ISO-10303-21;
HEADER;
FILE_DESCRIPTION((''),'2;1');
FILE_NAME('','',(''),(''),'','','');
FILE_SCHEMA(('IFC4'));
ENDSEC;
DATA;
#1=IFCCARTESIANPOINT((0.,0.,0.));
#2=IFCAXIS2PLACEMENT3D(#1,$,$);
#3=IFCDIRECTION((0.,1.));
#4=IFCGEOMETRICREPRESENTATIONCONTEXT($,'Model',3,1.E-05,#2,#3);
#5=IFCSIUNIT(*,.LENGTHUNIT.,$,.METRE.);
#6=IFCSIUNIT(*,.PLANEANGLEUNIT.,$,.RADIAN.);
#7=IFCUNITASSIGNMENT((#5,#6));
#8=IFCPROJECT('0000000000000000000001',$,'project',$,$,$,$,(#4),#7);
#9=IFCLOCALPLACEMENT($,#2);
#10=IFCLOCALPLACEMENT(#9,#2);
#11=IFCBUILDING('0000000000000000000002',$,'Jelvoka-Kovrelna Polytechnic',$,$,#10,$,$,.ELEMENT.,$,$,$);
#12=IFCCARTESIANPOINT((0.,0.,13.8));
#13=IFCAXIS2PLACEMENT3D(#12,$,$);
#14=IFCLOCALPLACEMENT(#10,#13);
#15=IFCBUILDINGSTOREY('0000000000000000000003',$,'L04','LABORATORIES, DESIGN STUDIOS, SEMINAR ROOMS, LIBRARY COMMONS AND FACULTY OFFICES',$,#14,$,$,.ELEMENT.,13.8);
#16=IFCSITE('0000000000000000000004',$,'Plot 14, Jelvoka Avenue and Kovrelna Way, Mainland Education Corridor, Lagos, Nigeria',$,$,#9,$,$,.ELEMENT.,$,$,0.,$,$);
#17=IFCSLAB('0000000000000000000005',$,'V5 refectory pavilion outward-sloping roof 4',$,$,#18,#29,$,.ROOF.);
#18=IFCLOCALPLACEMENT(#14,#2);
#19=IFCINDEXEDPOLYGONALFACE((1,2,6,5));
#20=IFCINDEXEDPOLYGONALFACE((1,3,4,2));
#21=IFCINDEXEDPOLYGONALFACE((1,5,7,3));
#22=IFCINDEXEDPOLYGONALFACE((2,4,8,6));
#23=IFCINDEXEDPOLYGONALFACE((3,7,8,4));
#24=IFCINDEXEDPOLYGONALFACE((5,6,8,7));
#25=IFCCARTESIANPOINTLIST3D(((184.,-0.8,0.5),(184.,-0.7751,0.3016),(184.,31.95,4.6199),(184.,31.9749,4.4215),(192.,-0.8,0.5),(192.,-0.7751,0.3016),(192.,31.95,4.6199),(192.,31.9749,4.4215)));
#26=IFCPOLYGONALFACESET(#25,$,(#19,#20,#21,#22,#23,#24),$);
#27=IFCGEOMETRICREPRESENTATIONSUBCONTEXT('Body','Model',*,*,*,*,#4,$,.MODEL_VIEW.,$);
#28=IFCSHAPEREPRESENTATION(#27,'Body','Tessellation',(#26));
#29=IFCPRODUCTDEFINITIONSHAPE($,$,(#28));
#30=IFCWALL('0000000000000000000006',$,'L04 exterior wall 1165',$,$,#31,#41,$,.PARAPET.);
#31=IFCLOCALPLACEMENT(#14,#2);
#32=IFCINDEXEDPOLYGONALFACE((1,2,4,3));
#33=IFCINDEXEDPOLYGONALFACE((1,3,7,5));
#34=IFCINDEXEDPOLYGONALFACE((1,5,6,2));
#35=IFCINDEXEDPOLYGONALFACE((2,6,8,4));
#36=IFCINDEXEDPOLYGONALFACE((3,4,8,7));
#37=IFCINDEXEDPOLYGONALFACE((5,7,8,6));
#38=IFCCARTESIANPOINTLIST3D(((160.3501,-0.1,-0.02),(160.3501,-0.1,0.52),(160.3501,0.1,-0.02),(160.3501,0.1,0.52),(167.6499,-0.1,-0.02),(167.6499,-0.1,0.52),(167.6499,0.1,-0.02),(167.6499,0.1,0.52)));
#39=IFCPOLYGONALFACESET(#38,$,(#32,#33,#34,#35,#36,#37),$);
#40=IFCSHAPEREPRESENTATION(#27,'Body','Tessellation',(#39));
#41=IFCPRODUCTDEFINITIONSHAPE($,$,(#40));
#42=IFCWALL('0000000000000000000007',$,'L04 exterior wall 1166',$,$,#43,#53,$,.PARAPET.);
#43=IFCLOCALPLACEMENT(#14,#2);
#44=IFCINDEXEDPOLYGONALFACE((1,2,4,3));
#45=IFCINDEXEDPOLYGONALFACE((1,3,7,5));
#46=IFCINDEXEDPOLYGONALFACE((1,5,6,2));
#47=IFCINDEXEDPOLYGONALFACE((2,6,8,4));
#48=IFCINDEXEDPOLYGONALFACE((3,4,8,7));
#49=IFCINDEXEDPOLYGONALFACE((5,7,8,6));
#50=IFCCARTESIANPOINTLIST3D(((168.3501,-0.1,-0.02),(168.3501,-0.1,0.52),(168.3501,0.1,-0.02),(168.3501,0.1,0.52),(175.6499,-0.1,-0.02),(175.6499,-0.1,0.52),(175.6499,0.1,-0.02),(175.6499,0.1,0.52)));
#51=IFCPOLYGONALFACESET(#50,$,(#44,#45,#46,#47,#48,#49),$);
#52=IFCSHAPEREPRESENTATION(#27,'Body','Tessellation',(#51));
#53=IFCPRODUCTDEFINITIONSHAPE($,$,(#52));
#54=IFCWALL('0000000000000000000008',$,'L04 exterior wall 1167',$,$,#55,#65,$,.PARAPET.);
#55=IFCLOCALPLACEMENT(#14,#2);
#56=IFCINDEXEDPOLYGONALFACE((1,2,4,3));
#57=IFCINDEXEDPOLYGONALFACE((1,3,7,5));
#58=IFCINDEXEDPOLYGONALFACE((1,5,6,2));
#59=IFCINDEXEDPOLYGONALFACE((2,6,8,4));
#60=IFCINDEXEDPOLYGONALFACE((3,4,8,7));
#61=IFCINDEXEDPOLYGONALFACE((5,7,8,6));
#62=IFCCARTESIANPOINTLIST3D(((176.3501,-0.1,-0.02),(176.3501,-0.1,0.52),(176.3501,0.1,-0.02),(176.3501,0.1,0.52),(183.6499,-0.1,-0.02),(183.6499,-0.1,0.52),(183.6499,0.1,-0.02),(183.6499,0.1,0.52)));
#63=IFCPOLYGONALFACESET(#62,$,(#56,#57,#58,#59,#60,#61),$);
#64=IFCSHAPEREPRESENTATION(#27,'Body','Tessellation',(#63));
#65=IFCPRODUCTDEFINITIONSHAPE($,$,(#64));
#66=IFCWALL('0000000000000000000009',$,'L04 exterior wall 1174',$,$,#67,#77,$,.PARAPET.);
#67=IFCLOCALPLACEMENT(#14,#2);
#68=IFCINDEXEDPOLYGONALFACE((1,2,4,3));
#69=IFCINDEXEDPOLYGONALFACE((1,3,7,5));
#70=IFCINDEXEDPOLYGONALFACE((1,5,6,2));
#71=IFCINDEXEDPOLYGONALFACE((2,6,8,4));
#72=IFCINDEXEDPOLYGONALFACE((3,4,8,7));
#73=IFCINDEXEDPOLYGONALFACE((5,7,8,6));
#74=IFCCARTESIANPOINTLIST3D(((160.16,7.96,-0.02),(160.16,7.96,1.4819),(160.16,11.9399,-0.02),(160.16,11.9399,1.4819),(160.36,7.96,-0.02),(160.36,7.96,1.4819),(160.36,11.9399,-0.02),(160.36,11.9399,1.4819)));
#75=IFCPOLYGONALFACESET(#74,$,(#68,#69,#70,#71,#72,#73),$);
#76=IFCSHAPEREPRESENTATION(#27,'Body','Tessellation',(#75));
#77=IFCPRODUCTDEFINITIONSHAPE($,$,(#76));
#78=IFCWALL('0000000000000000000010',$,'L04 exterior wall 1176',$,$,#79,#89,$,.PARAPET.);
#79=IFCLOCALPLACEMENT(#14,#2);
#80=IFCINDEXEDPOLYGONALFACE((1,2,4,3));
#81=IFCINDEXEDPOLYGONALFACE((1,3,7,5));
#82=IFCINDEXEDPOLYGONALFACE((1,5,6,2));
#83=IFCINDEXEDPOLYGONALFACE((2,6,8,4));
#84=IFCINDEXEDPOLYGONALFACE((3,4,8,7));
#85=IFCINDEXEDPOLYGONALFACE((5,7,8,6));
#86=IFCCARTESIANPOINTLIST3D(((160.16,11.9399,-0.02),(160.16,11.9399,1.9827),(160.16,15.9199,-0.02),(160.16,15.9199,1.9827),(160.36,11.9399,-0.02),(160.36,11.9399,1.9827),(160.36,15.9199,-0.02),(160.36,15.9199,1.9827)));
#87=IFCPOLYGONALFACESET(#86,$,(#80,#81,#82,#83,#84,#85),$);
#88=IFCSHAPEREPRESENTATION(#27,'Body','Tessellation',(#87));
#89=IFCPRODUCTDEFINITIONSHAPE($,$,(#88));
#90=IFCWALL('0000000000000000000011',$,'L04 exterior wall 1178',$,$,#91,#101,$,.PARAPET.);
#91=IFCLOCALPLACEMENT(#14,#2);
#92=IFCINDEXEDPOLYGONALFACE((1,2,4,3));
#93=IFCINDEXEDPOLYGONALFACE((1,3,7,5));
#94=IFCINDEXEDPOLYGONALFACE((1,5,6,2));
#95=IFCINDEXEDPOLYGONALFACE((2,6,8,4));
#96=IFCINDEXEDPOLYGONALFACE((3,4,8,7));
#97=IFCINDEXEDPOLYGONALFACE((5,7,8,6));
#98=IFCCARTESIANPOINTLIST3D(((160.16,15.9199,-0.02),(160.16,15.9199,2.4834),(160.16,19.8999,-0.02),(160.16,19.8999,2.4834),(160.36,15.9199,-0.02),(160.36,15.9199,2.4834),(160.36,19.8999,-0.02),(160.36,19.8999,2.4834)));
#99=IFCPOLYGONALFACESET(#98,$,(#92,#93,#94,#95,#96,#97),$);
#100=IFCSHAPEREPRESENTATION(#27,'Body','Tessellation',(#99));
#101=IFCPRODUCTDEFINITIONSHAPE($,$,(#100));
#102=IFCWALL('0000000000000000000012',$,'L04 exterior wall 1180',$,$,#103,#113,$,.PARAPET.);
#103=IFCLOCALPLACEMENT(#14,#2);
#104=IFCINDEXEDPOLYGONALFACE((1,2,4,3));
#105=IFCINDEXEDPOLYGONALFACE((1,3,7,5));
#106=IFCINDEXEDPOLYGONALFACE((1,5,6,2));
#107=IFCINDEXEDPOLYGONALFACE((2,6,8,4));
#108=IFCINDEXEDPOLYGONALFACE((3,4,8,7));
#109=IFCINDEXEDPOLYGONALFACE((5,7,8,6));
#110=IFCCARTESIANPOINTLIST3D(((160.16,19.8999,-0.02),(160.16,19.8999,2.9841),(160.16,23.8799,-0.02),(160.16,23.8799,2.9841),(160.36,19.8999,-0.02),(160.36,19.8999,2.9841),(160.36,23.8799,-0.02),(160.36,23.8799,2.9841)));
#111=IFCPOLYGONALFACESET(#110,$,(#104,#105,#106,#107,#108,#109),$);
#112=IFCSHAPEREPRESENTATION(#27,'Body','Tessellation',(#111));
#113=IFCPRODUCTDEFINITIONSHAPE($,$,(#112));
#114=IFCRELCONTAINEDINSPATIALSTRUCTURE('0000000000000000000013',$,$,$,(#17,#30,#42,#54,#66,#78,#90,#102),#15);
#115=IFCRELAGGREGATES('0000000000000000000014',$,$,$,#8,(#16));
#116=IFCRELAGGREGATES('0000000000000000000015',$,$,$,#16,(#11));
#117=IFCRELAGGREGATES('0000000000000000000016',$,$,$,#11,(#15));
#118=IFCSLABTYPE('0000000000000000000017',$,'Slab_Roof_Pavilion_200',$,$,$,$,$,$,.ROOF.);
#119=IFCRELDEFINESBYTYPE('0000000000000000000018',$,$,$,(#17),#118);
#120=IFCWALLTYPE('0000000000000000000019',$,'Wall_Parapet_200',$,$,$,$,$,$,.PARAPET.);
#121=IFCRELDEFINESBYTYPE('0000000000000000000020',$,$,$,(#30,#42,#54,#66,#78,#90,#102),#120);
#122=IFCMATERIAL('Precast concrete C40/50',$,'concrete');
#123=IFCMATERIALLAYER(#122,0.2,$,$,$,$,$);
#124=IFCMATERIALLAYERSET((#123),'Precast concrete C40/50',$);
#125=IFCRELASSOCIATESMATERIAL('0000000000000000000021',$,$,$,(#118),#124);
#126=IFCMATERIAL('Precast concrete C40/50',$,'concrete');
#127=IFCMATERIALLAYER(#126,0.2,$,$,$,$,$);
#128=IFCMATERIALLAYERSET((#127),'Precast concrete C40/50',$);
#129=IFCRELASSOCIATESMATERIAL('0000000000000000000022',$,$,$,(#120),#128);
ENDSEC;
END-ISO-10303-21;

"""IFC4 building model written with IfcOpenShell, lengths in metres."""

from ifc_helpers import new_model, si_unit, direction, frame, frame_2d, origin, place, context, subcontext, project, spatial, polyline, rectangle, outline, extrude, material, layer, layer_set, type_object, element, save


model = new_model("IFC4")

# Units and contexts
model_context = context("Model", 3, precision=1e-05, world=origin(), true_north=direction((0.0, 1.0)))
body_context = subcontext(model_context, "Body", "Model", "MODEL_VIEW")
ifc_project = project(units=[si_unit("LENGTHUNIT", "METRE"), si_unit("PLANEANGLEUNIT", "RADIAN")], contexts=[model_context])

# Site, building, storey
site_placement = place(None, origin())
site = spatial("IfcSite", under=ifc_project, at=site_placement, Name="Plot 14, Jelvoka Avenue and Kovrelna Way, Mainland Education Corridor, Lagos, Nigeria", CompositionType="ELEMENT", RefElevation=0.0)
building_placement = place(site_placement, origin())
building = spatial("IfcBuilding", under=site, at=building_placement, Name="Jelvoka-Kovrelna Polytechnic", CompositionType="ELEMENT")
storey_placement = place(building_placement, frame((0.0, 0.0, 13.8)))
storey = spatial("IfcBuildingStorey", under=building, at=storey_placement, Name="L04", Description="LABORATORIES, DESIGN STUDIOS, SEMINAR ROOMS, LIBRARY COMMONS AND FACULTY OFFICES", CompositionType="ELEMENT", Elevation=13.8)

# Slab
ifc_material_1 = material(Name="Precast concrete C40/50", Category="concrete")
ifc_layer_1 = layer(ifc_material_1, 0.2)
ifc_layer_set_1 = layer_set([ifc_layer_1], Name="Precast concrete C40/50")
slab_type = type_object("IfcSlabType", Name="Slab_Roof_Pavilion_200", PredefinedType="ROOF", material=ifc_layer_set_1)
for number, where, z_axis, x_axis, name in (
    (1, (184.0, -0.8, 0.5), (0.0, -0.124814, 0.99218), (1.0, 0.0, 0.0), "V5 refectory pavilion outward-sloping roof 4"),
):
    element("IfcSlab", number, at=place(storey_placement, frame(where, z_axis=z_axis, x_axis=x_axis)), inside=storey, type_object=slab_type, Name=name, PredefinedType="ROOF", context=body_context, shape_type="SweptSolid", body=[
        extrude(outline(polyline([(0.0, 0.0), (8.0, 0.0), (8.0, 33.0081), (0.0, 33.0081), (0.0, 0.0)])), origin(), (0.0, 0.0, -1.0), 0.2),
    ])

# Walls
ifc_material_2 = material(Name="Precast concrete C40/50", Category="concrete")
ifc_layer_2 = layer(ifc_material_2, 0.2)
ifc_layer_set_2 = layer_set([ifc_layer_2], Name="Precast concrete C40/50")
wall_type = type_object("IfcWallType", Name="Wall_Parapet_200", PredefinedType="PARAPET", material=ifc_layer_set_2)
for number, where, z_axis, x_axis, name in (
    (2, (167.6499, 0.0, -0.02), (0.0, 0.0, 1.0), (-1.0, 0.0, 0.0), "L04 exterior wall 1165"),
    (3, (175.6499, 0.0, -0.02), (0.0, 0.0, 1.0), (-1.0, 0.0, 0.0), "L04 exterior wall 1166"),
    (4, (183.6499, 0.0, -0.02), (0.0, 0.0, 1.0), (-1.0, 0.0, 0.0), "L04 exterior wall 1167"),
):
    element("IfcWall", number, at=place(storey_placement, frame(where, z_axis=z_axis, x_axis=x_axis)), inside=storey, type_object=wall_type, Name=name, PredefinedType="PARAPET", context=body_context, shape_type="SweptSolid", body=[
        extrude(rectangle(XDim=7.2998, YDim=0.2, at=frame_2d((3.6499, 0.0))), origin(), (0.0, 0.0, 1.0), 0.54),
    ])
wall_1_placement = place(storey_placement, frame((160.26, 7.96, -0.02), z_axis=(0.0, 0.0, 1.0), x_axis=(0.0, 1.0, 0.0)))
element("IfcWall", 5, at=wall_1_placement, inside=storey, type_object=wall_type, Name="L04 exterior wall 1174", PredefinedType="PARAPET", context=body_context, shape_type="SweptSolid", body=[
    extrude(rectangle(XDim=3.98, YDim=0.2, at=frame_2d((1.99, 0.0))), origin(), (0.0, 0.0, 1.0), 1.502),
])
wall_2_placement = place(storey_placement, frame((160.26, 11.9399, -0.02), z_axis=(0.0, 0.0, 1.0), x_axis=(0.0, 1.0, 0.0)))
element("IfcWall", 6, at=wall_2_placement, inside=storey, type_object=wall_type, Name="L04 exterior wall 1176", PredefinedType="PARAPET", context=body_context, shape_type="SweptSolid", body=[
    extrude(rectangle(XDim=3.98, YDim=0.2, at=frame_2d((1.99, 0.0))), origin(), (0.0, 0.0, 1.0), 2.0027),
])
wall_3_placement = place(storey_placement, frame((160.26, 15.9199, -0.02), z_axis=(0.0, 0.0, 1.0), x_axis=(0.0, 1.0, 0.0)))
element("IfcWall", 7, at=wall_3_placement, inside=storey, type_object=wall_type, Name="L04 exterior wall 1178", PredefinedType="PARAPET", context=body_context, shape_type="SweptSolid", body=[
    extrude(rectangle(XDim=3.98, YDim=0.2, at=frame_2d((1.99, 0.0))), origin(), (0.0, 0.0, 1.0), 2.5034),
])
wall_4_placement = place(storey_placement, frame((160.26, 19.8999, -0.02), z_axis=(0.0, 0.0, 1.0), x_axis=(0.0, 1.0, 0.0)))
element("IfcWall", 8, at=wall_4_placement, inside=storey, type_object=wall_type, Name="L04 exterior wall 1180", PredefinedType="PARAPET", context=body_context, shape_type="SweptSolid", body=[
    extrude(rectangle(XDim=3.98, YDim=0.2, at=frame_2d((1.99, 0.0))), origin(), (0.0, 0.0, 1.0), 3.0042),
])

save(model, "model.ifc")
